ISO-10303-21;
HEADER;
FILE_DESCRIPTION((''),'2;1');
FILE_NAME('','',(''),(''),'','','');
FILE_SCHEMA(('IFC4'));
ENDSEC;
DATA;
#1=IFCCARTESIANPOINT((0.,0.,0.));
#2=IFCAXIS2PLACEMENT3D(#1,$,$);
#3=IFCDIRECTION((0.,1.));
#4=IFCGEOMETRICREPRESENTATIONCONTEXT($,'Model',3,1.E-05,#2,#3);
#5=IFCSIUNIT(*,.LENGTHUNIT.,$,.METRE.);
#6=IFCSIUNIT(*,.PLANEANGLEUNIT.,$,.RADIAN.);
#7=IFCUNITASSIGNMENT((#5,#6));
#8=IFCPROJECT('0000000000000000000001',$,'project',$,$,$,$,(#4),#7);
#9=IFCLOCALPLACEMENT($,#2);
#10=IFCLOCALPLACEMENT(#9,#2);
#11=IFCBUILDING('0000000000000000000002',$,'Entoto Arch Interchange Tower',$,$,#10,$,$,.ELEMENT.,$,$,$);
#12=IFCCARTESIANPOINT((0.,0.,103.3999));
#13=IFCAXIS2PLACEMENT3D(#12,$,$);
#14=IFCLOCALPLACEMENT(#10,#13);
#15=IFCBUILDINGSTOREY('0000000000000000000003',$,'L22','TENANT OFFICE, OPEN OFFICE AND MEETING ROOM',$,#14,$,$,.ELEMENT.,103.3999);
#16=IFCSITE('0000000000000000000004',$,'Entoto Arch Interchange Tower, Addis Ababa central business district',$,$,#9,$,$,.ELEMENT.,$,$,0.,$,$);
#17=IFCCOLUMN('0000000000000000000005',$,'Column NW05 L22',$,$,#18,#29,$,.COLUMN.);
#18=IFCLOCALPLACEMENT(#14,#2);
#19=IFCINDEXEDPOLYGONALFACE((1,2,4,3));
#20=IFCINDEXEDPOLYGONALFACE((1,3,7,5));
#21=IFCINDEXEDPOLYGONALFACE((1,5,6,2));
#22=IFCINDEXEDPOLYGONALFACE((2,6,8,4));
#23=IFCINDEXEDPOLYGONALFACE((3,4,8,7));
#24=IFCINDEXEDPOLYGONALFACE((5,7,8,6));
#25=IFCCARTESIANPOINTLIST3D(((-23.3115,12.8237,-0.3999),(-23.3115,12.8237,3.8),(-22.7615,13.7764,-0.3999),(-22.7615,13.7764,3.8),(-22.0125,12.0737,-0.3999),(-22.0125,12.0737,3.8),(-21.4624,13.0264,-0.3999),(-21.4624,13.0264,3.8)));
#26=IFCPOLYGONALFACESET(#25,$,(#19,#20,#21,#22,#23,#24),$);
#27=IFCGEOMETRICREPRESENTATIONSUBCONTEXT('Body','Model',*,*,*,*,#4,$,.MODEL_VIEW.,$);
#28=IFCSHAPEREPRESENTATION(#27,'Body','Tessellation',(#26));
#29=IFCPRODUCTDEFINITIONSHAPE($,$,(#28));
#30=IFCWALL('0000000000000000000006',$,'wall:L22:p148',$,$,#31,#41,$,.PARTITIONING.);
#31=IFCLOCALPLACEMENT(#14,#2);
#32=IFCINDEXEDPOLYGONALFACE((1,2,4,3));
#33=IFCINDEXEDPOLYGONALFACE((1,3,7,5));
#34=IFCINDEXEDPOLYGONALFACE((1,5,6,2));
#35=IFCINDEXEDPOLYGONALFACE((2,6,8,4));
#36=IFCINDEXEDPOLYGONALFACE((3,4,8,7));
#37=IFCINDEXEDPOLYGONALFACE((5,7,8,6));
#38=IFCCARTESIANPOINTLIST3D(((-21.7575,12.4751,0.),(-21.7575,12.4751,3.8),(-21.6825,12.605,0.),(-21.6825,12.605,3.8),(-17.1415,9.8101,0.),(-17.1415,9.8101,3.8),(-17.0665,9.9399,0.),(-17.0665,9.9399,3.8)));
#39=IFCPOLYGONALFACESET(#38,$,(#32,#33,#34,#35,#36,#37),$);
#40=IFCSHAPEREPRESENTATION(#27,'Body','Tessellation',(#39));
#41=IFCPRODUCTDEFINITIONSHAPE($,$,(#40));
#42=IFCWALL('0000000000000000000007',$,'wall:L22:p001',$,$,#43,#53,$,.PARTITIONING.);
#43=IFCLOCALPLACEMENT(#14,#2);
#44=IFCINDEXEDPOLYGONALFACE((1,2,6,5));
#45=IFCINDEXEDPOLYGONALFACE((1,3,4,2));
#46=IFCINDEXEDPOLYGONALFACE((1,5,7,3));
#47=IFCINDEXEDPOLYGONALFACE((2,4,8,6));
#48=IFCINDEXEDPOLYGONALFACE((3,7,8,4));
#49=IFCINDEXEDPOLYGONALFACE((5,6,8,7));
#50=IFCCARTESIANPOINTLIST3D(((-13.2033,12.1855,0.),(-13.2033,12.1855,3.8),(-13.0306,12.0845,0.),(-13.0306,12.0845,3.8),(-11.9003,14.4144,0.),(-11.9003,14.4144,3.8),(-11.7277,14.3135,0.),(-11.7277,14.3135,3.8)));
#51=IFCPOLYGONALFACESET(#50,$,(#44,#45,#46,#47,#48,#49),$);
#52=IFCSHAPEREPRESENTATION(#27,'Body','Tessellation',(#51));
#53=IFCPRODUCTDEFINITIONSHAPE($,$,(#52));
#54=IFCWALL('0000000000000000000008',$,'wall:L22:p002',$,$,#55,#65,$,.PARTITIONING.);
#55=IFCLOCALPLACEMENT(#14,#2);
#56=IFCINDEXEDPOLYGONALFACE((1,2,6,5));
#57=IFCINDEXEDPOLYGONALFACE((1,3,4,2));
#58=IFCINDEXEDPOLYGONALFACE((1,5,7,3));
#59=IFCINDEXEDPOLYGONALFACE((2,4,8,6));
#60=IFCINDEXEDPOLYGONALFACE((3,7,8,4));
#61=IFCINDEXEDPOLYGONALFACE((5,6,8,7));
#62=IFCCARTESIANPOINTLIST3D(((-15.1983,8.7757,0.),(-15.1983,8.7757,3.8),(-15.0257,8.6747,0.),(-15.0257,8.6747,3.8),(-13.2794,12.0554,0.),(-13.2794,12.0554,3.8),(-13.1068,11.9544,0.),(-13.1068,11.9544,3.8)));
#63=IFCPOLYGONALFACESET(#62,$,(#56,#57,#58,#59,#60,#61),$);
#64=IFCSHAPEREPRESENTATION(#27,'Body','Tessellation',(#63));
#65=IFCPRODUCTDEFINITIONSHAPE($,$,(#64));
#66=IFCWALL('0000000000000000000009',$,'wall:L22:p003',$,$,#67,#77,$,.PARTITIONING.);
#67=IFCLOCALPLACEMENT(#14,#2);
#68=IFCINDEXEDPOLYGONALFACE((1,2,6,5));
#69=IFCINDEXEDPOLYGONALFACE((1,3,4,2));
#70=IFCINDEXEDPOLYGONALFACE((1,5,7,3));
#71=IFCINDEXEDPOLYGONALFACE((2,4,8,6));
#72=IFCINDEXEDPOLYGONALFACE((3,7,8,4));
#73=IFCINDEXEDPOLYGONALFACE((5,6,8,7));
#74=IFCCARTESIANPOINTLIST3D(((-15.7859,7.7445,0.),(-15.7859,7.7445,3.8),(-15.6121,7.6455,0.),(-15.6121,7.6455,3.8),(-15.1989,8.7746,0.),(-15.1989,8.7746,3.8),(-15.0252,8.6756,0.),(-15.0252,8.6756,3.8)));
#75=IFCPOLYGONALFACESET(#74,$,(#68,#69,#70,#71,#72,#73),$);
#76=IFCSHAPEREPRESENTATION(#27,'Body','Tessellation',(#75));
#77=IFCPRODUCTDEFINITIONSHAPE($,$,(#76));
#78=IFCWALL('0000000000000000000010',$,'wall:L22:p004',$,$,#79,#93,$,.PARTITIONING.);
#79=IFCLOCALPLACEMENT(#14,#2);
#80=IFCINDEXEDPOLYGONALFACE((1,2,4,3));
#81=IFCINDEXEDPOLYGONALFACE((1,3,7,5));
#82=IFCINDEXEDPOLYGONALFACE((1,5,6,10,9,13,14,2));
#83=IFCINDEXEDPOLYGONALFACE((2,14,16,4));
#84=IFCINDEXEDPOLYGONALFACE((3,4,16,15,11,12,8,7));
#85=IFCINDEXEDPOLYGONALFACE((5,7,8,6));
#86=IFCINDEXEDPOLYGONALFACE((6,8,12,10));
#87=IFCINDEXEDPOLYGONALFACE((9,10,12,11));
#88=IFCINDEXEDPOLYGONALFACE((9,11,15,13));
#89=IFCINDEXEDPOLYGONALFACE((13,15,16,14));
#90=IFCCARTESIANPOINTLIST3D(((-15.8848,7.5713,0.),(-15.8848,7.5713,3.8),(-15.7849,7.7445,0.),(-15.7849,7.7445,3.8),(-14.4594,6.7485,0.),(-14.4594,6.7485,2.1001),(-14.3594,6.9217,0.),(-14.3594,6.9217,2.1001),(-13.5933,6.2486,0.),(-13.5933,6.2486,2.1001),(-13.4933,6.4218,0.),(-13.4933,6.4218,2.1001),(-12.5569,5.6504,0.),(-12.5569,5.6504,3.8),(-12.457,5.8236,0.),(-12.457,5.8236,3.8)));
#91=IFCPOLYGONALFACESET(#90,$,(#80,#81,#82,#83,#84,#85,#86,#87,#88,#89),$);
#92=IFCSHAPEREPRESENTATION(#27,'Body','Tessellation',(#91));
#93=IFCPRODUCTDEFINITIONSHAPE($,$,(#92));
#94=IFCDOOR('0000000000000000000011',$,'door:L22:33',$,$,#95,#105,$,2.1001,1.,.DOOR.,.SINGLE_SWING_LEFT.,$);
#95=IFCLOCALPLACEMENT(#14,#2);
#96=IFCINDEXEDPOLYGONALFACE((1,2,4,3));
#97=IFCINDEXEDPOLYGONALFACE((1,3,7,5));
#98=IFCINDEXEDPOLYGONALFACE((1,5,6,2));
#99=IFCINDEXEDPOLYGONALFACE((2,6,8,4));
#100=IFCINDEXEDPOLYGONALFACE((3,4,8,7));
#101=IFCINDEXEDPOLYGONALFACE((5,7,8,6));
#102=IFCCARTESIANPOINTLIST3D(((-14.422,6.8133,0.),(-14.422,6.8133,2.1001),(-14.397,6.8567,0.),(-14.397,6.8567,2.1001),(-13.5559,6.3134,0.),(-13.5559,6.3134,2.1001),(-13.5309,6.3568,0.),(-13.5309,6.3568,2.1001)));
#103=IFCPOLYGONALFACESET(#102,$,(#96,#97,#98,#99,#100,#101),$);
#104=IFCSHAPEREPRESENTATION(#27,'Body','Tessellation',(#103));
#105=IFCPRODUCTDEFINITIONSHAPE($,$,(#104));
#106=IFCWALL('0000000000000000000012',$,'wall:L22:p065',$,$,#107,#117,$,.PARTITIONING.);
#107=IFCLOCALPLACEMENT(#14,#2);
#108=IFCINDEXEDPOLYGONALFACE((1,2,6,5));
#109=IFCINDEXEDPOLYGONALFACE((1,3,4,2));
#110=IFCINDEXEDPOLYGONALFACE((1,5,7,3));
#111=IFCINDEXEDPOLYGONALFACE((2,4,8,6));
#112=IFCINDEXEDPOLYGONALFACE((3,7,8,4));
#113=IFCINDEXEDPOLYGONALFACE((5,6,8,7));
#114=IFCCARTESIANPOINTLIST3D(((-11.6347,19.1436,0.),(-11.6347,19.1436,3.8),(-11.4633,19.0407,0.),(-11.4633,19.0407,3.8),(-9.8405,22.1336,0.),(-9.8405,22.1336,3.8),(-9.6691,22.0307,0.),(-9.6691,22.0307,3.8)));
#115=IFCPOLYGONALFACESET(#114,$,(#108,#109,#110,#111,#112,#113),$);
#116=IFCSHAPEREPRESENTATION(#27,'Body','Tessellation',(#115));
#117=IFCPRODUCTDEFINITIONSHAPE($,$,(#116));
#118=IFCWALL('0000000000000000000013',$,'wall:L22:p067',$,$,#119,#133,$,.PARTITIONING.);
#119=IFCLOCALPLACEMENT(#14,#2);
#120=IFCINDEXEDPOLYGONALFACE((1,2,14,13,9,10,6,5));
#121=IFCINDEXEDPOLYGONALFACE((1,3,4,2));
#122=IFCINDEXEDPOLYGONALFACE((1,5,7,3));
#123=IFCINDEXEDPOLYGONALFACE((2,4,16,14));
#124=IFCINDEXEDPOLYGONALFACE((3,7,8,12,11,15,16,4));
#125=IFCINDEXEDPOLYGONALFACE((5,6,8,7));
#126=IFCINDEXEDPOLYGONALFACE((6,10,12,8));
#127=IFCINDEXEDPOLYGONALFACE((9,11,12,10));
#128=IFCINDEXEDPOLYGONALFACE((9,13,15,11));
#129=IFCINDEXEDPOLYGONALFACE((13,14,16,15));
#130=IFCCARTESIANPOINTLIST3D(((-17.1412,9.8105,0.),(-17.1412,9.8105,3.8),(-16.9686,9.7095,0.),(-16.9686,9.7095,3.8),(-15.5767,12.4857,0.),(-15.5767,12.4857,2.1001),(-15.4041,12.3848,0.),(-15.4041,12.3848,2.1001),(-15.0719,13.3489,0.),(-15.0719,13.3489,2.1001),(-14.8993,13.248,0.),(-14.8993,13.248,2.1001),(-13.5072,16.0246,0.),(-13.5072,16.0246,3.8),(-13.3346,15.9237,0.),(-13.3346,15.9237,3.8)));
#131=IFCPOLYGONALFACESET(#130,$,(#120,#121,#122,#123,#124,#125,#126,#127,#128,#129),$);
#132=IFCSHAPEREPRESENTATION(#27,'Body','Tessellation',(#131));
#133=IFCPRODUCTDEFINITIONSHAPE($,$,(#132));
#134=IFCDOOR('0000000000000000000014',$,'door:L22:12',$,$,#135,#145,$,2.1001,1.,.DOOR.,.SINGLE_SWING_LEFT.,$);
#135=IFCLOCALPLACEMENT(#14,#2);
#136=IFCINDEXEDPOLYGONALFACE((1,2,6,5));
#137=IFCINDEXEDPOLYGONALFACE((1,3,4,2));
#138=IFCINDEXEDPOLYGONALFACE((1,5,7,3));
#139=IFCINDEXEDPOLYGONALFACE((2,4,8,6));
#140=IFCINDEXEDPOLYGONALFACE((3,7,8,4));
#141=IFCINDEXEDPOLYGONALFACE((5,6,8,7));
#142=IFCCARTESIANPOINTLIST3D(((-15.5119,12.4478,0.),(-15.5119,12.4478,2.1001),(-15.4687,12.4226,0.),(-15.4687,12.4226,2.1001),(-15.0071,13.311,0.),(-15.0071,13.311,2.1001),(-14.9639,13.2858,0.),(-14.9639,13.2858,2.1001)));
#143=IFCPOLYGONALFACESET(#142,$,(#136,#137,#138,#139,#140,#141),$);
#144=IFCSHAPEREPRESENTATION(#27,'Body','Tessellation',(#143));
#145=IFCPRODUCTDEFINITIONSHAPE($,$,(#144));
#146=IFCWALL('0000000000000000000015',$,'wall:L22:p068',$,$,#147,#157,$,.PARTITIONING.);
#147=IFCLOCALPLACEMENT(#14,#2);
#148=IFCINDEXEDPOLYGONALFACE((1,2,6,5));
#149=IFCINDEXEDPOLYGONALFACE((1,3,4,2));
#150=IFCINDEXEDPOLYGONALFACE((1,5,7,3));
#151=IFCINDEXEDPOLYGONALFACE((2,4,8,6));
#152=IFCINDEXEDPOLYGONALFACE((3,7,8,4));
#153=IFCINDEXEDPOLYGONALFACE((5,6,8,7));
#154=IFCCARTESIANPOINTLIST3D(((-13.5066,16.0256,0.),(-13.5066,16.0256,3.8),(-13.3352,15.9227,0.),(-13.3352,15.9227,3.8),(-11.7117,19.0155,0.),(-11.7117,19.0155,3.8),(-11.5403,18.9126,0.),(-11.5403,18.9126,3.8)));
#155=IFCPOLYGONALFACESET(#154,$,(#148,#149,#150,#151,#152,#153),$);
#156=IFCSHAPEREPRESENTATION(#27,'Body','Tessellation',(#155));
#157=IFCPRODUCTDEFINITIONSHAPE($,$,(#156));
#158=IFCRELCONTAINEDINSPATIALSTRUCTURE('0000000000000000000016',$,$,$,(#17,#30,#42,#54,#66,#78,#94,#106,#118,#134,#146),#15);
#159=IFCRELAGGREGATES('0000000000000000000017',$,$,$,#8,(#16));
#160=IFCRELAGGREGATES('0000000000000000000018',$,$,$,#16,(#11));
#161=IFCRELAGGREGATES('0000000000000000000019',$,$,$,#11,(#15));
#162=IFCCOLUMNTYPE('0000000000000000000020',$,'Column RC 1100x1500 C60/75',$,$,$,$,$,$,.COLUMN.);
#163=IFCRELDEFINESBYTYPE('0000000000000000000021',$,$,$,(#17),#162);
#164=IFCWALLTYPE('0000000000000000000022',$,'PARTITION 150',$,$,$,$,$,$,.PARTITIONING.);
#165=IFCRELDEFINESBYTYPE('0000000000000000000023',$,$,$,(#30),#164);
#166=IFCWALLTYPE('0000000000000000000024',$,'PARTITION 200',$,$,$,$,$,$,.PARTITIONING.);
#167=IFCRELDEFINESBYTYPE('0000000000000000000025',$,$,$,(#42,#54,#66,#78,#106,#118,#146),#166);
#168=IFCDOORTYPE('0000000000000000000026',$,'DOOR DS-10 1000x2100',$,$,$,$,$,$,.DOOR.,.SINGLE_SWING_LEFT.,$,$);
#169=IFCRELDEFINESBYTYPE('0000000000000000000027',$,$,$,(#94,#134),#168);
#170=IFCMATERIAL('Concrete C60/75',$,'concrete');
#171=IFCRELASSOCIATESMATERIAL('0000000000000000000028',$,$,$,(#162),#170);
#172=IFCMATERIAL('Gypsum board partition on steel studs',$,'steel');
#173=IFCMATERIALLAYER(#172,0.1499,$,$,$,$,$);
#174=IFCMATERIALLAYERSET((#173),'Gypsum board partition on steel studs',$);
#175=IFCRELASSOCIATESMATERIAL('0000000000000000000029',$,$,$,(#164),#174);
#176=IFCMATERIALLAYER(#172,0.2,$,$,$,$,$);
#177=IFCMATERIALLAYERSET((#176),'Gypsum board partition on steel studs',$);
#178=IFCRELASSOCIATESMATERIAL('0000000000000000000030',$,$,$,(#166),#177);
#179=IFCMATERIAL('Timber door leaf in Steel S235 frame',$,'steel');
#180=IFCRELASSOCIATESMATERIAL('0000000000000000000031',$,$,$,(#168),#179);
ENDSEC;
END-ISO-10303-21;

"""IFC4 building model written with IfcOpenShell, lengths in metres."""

from ifc_helpers import new_model, si_unit, direction, frame, frame_2d, origin, origin_2d, place, context, subcontext, project, spatial, rectangle, extrude, material, layer, layer_set, material_profile, profile_set, type_object, element, fill, save


model = new_model("IFC4")

# Units and contexts
model_context = context("Model", 3, precision=1e-05, world=origin(), true_north=direction((0.0, 1.0)))
body_context = subcontext(model_context, "Body", "Model", "MODEL_VIEW")
ifc_project = project(units=[si_unit("LENGTHUNIT", "METRE"), si_unit("PLANEANGLEUNIT", "RADIAN")], contexts=[model_context])

# Site, building, storey
site_placement = place(None, origin())
site = spatial("IfcSite", under=ifc_project, at=site_placement, Name="Entoto Arch Interchange Tower, Addis Ababa central business district", CompositionType="ELEMENT", RefElevation=0.0)
building_placement = place(site_placement, origin())
building = spatial("IfcBuilding", under=site, at=building_placement, Name="Entoto Arch Interchange Tower", CompositionType="ELEMENT")
storey_placement = place(building_placement, frame((0.0, 0.0, 103.3999)))
storey = spatial("IfcBuildingStorey", under=building, at=storey_placement, Name="L22", Description="TENANT OFFICE, OPEN OFFICE AND MEETING ROOM", CompositionType="ELEMENT", Elevation=103.3999)

# Column
ifc_material_1 = material(Name="Concrete C60/75", Category="concrete")
ifc_material_profile = material_profile(ifc_material_1, rectangle(XDim=1.1001, YDim=1.5, at=origin_2d()))
ifc_profile_set = profile_set([ifc_material_profile], Name="Concrete C60/75")
column_type = type_object("IfcColumnType", Name="Column RC 1100x1500 C60/75", PredefinedType="COLUMN", material=ifc_profile_set)
column_placement = place(storey_placement, frame((-22.387, 12.925, -0.3999), z_axis=(0.0, 0.0, 1.0), x_axis=(0.5, 0.866025, 0.0)))
element("IfcColumn", 1, at=column_placement, inside=storey, type_object=column_type, Name="Column NW05 L22", PredefinedType="COLUMN", context=body_context, shape_type="SweptSolid", body=[
    extrude(rectangle(XDim=1.1001, YDim=1.5, at=origin_2d()), origin(), (0.0, 0.0, 1.0), 4.2),
])

# Walls
ifc_material_2 = material(Name="Gypsum board partition on steel studs", Category="steel")
ifc_layer_1 = layer(ifc_material_2, 0.1499)
ifc_layer_set_1 = layer_set([ifc_layer_1], Name="Gypsum board partition on steel studs")
wall_type_1 = type_object("IfcWallType", Name="PARTITION 150", PredefinedType="PARTITIONING", material=ifc_layer_set_1)
wall_1_placement = place(storey_placement, frame((-17.104, 9.875, 0.0), z_axis=(0.0, 0.0, 1.0), x_axis=(-0.866025, 0.500001, 0.0)))
element("IfcWall", 2, at=wall_1_placement, inside=storey, type_object=wall_type_1, Name="wall:L22:p148", PredefinedType="PARTITIONING", context=body_context, shape_type="SweptSolid", body=[
    extrude(rectangle(XDim=5.3301, YDim=0.1499, at=frame_2d((2.665, 0.0))), origin(), (0.0, 0.0, 1.0), 3.8),
])
ifc_layer_2 = layer(ifc_material_2, 0.2)
ifc_layer_set_2 = layer_set([ifc_layer_2], Name="Gypsum board partition on steel studs")
wall_type_2 = type_object("IfcWallType", Name="PARTITION 200", PredefinedType="PARTITIONING", material=ifc_layer_set_2)
wall_2_placement = place(storey_placement, frame((-11.814, 14.364, 0.0), z_axis=(0.0, 0.0, 1.0), x_axis=(-0.504659, -0.863319, 0.0)))
element("IfcWall", 3, at=wall_2_placement, inside=storey, type_object=wall_type_2, Name="wall:L22:p001", PredefinedType="PARTITIONING", context=body_context, shape_type="SweptSolid", body=[
    extrude(rectangle(XDim=2.5818, YDim=0.2, at=frame_2d((1.291, 0.0))), origin(), (0.0, 0.0, 1.0), 3.8),
])
wall_3_placement = place(storey_placement, frame((-13.1931, 12.0049, 0.0), z_axis=(0.0, 0.0, 1.0), x_axis=(-0.504997, -0.863121, 0.0)))
element("IfcWall", 4, at=wall_3_placement, inside=storey, type_object=wall_type_2, Name="wall:L22:p002", PredefinedType="PARTITIONING", context=body_context, shape_type="SweptSolid", body=[
    extrude(rectangle(XDim=3.7998, YDim=0.2, at=frame_2d((1.8999, 0.0))), origin(), (0.0, 0.0, 1.0), 3.8),
])
wall_4_placement = place(storey_placement, frame((-15.1121, 8.7251, 0.0), z_axis=(0.0, 0.0, 1.0), x_axis=(-0.495074, -0.868851, 0.0)))
element("IfcWall", 5, at=wall_4_placement, inside=storey, type_object=wall_type_2, Name="wall:L22:p003", PredefinedType="PARTITIONING", context=body_context, shape_type="SweptSolid", body=[
    extrude(rectangle(XDim=1.1855, YDim=0.2, at=frame_2d((0.5928, 0.0))), origin(), (0.0, 0.0, 1.0), 3.8),
])

# Wall, opening, door
wall_5_placement = place(storey_placement, frame((-15.835, 7.658, 0.0), z_axis=(0.0, 0.0, 1.0), x_axis=(0.866077, -0.499911, 0.0)))
wall_5 = element("IfcWall", 6, at=wall_5_placement, inside=storey, type_object=wall_type_2, Name="wall:L22:p004", PredefinedType="PARTITIONING", context=body_context, shape_type="SweptSolid", body=[
    extrude(rectangle(XDim=3.8425, YDim=0.2, at=frame_2d((1.9214, 0.0))), origin(), (0.0, 0.0, 1.0), 3.8),
])
opening_1_placement = place(wall_5_placement, frame((1.646, 0.0, 0.0)))
opening_1 = element("IfcOpeningElement", 7, at=opening_1_placement, cuts=wall_5, PredefinedType="OPENING", context=body_context, shape_type="SweptSolid", body=[
    extrude(rectangle(XDim=1.0, YDim=2.1001, at=frame_2d((0.5, 1.05))), frame((0.0, 0.1099, 0.0), z_axis=(0.0, -1.0, 0.0), x_axis=(1.0, 0.0, 0.0)), (0.0, 0.0, 1.0), 0.22),
])
ifc_material_3 = material(Name="Timber door leaf in Steel S235 frame", Category="steel")
door_type = type_object("IfcDoorType", Name="DOOR DS-10 1000x2100", OperationType="SINGLE_SWING_LEFT", PredefinedType="DOOR", material=ifc_material_3)
door_1_placement = place(opening_1_placement, origin())
door_1 = element("IfcDoor", 8, at=door_1_placement, inside=storey, type_object=door_type, Name="door:L22:33", OperationType="SINGLE_SWING_LEFT", OverallHeight=2.1001, OverallWidth=1.0, PredefinedType="DOOR", context=body_context, shape_type="SweptSolid", body=[
    extrude(rectangle(XDim=1.0, YDim=2.1001, at=frame_2d((0.5, 1.05))), frame((0.0, 0.0249, 0.0), z_axis=(0.0, -1.0, 0.0), x_axis=(1.0, 0.0, 0.0)), (0.0, 0.0, 1.0), 0.05),
])
fill(opening_1, door_1)

# Wall
wall_6_placement = place(storey_placement, frame((-11.5491, 19.092, 0.0), z_axis=(0.0, 0.0, 1.0), x_axis=(0.514537, 0.857468, 0.0)))
element("IfcWall", 9, at=wall_6_placement, inside=storey, type_object=wall_type_2, Name="wall:L22:p065", PredefinedType="PARTITIONING", context=body_context, shape_type="SweptSolid", body=[
    extrude(rectangle(XDim=3.4871, YDim=0.2, at=frame_2d((1.7437, 0.0))), origin(), (0.0, 0.0, 1.0), 3.8),
])

# Wall, opening, door
wall_7_placement = place(storey_placement, frame((-17.0549, 9.76, 0.0), z_axis=(0.0, 0.0, 1.0), x_axis=(0.504818, 0.863226, 0.0)))
wall_7 = element("IfcWall", 10, at=wall_7_placement, inside=storey, type_object=wall_type_2, Name="wall:L22:p067", PredefinedType="PARTITIONING", context=body_context, shape_type="SweptSolid", body=[
    extrude(rectangle(XDim=7.1987, YDim=0.2, at=frame_2d((3.5994, 0.0))), origin(), (0.0, 0.0, 1.0), 3.8),
])
opening_2_placement = place(wall_7_placement, frame((3.0991, 0.0, 0.0)))
opening_2 = element("IfcOpeningElement", 11, at=opening_2_placement, cuts=wall_7, PredefinedType="OPENING", context=body_context, shape_type="SweptSolid", body=[
    extrude(rectangle(XDim=1.0, YDim=2.1001, at=frame_2d((0.5, 1.05))), frame((0.0, 0.1099, 0.0), z_axis=(0.0, -1.0, 0.0), x_axis=(1.0, 0.0, 0.0)), (0.0, 0.0, 1.0), 0.22),
])
door_2_placement = place(opening_2_placement, origin())
door_2 = element("IfcDoor", 12, at=door_2_placement, inside=storey, type_object=door_type, Name="door:L22:12", OperationType="SINGLE_SWING_LEFT", OverallHeight=2.1001, OverallWidth=1.0, PredefinedType="DOOR", context=body_context, shape_type="SweptSolid", body=[
    extrude(rectangle(XDim=1.0, YDim=2.1001, at=frame_2d((0.5, 1.05))), frame((0.0, 0.0249, 0.0), z_axis=(0.0, -1.0, 0.0), x_axis=(1.0, 0.0, 0.0)), (0.0, 0.0, 1.0), 0.05),
])
fill(opening_2, door_2)

# Wall
wall_8_placement = place(storey_placement, frame((-13.4209, 15.9741, 0.0), z_axis=(0.0, 0.0, 1.0), x_axis=(0.514691, 0.857376, 0.0)))
element("IfcWall", 13, at=wall_8_placement, inside=storey, type_object=wall_type_2, Name="wall:L22:p068", PredefinedType="PARTITIONING", context=body_context, shape_type="SweptSolid", body=[
    extrude(rectangle(XDim=3.4873, YDim=0.2, at=frame_2d((1.7437, 0.0))), origin(), (0.0, 0.0, 1.0), 3.8),
])

save(model, "model.ifc")
